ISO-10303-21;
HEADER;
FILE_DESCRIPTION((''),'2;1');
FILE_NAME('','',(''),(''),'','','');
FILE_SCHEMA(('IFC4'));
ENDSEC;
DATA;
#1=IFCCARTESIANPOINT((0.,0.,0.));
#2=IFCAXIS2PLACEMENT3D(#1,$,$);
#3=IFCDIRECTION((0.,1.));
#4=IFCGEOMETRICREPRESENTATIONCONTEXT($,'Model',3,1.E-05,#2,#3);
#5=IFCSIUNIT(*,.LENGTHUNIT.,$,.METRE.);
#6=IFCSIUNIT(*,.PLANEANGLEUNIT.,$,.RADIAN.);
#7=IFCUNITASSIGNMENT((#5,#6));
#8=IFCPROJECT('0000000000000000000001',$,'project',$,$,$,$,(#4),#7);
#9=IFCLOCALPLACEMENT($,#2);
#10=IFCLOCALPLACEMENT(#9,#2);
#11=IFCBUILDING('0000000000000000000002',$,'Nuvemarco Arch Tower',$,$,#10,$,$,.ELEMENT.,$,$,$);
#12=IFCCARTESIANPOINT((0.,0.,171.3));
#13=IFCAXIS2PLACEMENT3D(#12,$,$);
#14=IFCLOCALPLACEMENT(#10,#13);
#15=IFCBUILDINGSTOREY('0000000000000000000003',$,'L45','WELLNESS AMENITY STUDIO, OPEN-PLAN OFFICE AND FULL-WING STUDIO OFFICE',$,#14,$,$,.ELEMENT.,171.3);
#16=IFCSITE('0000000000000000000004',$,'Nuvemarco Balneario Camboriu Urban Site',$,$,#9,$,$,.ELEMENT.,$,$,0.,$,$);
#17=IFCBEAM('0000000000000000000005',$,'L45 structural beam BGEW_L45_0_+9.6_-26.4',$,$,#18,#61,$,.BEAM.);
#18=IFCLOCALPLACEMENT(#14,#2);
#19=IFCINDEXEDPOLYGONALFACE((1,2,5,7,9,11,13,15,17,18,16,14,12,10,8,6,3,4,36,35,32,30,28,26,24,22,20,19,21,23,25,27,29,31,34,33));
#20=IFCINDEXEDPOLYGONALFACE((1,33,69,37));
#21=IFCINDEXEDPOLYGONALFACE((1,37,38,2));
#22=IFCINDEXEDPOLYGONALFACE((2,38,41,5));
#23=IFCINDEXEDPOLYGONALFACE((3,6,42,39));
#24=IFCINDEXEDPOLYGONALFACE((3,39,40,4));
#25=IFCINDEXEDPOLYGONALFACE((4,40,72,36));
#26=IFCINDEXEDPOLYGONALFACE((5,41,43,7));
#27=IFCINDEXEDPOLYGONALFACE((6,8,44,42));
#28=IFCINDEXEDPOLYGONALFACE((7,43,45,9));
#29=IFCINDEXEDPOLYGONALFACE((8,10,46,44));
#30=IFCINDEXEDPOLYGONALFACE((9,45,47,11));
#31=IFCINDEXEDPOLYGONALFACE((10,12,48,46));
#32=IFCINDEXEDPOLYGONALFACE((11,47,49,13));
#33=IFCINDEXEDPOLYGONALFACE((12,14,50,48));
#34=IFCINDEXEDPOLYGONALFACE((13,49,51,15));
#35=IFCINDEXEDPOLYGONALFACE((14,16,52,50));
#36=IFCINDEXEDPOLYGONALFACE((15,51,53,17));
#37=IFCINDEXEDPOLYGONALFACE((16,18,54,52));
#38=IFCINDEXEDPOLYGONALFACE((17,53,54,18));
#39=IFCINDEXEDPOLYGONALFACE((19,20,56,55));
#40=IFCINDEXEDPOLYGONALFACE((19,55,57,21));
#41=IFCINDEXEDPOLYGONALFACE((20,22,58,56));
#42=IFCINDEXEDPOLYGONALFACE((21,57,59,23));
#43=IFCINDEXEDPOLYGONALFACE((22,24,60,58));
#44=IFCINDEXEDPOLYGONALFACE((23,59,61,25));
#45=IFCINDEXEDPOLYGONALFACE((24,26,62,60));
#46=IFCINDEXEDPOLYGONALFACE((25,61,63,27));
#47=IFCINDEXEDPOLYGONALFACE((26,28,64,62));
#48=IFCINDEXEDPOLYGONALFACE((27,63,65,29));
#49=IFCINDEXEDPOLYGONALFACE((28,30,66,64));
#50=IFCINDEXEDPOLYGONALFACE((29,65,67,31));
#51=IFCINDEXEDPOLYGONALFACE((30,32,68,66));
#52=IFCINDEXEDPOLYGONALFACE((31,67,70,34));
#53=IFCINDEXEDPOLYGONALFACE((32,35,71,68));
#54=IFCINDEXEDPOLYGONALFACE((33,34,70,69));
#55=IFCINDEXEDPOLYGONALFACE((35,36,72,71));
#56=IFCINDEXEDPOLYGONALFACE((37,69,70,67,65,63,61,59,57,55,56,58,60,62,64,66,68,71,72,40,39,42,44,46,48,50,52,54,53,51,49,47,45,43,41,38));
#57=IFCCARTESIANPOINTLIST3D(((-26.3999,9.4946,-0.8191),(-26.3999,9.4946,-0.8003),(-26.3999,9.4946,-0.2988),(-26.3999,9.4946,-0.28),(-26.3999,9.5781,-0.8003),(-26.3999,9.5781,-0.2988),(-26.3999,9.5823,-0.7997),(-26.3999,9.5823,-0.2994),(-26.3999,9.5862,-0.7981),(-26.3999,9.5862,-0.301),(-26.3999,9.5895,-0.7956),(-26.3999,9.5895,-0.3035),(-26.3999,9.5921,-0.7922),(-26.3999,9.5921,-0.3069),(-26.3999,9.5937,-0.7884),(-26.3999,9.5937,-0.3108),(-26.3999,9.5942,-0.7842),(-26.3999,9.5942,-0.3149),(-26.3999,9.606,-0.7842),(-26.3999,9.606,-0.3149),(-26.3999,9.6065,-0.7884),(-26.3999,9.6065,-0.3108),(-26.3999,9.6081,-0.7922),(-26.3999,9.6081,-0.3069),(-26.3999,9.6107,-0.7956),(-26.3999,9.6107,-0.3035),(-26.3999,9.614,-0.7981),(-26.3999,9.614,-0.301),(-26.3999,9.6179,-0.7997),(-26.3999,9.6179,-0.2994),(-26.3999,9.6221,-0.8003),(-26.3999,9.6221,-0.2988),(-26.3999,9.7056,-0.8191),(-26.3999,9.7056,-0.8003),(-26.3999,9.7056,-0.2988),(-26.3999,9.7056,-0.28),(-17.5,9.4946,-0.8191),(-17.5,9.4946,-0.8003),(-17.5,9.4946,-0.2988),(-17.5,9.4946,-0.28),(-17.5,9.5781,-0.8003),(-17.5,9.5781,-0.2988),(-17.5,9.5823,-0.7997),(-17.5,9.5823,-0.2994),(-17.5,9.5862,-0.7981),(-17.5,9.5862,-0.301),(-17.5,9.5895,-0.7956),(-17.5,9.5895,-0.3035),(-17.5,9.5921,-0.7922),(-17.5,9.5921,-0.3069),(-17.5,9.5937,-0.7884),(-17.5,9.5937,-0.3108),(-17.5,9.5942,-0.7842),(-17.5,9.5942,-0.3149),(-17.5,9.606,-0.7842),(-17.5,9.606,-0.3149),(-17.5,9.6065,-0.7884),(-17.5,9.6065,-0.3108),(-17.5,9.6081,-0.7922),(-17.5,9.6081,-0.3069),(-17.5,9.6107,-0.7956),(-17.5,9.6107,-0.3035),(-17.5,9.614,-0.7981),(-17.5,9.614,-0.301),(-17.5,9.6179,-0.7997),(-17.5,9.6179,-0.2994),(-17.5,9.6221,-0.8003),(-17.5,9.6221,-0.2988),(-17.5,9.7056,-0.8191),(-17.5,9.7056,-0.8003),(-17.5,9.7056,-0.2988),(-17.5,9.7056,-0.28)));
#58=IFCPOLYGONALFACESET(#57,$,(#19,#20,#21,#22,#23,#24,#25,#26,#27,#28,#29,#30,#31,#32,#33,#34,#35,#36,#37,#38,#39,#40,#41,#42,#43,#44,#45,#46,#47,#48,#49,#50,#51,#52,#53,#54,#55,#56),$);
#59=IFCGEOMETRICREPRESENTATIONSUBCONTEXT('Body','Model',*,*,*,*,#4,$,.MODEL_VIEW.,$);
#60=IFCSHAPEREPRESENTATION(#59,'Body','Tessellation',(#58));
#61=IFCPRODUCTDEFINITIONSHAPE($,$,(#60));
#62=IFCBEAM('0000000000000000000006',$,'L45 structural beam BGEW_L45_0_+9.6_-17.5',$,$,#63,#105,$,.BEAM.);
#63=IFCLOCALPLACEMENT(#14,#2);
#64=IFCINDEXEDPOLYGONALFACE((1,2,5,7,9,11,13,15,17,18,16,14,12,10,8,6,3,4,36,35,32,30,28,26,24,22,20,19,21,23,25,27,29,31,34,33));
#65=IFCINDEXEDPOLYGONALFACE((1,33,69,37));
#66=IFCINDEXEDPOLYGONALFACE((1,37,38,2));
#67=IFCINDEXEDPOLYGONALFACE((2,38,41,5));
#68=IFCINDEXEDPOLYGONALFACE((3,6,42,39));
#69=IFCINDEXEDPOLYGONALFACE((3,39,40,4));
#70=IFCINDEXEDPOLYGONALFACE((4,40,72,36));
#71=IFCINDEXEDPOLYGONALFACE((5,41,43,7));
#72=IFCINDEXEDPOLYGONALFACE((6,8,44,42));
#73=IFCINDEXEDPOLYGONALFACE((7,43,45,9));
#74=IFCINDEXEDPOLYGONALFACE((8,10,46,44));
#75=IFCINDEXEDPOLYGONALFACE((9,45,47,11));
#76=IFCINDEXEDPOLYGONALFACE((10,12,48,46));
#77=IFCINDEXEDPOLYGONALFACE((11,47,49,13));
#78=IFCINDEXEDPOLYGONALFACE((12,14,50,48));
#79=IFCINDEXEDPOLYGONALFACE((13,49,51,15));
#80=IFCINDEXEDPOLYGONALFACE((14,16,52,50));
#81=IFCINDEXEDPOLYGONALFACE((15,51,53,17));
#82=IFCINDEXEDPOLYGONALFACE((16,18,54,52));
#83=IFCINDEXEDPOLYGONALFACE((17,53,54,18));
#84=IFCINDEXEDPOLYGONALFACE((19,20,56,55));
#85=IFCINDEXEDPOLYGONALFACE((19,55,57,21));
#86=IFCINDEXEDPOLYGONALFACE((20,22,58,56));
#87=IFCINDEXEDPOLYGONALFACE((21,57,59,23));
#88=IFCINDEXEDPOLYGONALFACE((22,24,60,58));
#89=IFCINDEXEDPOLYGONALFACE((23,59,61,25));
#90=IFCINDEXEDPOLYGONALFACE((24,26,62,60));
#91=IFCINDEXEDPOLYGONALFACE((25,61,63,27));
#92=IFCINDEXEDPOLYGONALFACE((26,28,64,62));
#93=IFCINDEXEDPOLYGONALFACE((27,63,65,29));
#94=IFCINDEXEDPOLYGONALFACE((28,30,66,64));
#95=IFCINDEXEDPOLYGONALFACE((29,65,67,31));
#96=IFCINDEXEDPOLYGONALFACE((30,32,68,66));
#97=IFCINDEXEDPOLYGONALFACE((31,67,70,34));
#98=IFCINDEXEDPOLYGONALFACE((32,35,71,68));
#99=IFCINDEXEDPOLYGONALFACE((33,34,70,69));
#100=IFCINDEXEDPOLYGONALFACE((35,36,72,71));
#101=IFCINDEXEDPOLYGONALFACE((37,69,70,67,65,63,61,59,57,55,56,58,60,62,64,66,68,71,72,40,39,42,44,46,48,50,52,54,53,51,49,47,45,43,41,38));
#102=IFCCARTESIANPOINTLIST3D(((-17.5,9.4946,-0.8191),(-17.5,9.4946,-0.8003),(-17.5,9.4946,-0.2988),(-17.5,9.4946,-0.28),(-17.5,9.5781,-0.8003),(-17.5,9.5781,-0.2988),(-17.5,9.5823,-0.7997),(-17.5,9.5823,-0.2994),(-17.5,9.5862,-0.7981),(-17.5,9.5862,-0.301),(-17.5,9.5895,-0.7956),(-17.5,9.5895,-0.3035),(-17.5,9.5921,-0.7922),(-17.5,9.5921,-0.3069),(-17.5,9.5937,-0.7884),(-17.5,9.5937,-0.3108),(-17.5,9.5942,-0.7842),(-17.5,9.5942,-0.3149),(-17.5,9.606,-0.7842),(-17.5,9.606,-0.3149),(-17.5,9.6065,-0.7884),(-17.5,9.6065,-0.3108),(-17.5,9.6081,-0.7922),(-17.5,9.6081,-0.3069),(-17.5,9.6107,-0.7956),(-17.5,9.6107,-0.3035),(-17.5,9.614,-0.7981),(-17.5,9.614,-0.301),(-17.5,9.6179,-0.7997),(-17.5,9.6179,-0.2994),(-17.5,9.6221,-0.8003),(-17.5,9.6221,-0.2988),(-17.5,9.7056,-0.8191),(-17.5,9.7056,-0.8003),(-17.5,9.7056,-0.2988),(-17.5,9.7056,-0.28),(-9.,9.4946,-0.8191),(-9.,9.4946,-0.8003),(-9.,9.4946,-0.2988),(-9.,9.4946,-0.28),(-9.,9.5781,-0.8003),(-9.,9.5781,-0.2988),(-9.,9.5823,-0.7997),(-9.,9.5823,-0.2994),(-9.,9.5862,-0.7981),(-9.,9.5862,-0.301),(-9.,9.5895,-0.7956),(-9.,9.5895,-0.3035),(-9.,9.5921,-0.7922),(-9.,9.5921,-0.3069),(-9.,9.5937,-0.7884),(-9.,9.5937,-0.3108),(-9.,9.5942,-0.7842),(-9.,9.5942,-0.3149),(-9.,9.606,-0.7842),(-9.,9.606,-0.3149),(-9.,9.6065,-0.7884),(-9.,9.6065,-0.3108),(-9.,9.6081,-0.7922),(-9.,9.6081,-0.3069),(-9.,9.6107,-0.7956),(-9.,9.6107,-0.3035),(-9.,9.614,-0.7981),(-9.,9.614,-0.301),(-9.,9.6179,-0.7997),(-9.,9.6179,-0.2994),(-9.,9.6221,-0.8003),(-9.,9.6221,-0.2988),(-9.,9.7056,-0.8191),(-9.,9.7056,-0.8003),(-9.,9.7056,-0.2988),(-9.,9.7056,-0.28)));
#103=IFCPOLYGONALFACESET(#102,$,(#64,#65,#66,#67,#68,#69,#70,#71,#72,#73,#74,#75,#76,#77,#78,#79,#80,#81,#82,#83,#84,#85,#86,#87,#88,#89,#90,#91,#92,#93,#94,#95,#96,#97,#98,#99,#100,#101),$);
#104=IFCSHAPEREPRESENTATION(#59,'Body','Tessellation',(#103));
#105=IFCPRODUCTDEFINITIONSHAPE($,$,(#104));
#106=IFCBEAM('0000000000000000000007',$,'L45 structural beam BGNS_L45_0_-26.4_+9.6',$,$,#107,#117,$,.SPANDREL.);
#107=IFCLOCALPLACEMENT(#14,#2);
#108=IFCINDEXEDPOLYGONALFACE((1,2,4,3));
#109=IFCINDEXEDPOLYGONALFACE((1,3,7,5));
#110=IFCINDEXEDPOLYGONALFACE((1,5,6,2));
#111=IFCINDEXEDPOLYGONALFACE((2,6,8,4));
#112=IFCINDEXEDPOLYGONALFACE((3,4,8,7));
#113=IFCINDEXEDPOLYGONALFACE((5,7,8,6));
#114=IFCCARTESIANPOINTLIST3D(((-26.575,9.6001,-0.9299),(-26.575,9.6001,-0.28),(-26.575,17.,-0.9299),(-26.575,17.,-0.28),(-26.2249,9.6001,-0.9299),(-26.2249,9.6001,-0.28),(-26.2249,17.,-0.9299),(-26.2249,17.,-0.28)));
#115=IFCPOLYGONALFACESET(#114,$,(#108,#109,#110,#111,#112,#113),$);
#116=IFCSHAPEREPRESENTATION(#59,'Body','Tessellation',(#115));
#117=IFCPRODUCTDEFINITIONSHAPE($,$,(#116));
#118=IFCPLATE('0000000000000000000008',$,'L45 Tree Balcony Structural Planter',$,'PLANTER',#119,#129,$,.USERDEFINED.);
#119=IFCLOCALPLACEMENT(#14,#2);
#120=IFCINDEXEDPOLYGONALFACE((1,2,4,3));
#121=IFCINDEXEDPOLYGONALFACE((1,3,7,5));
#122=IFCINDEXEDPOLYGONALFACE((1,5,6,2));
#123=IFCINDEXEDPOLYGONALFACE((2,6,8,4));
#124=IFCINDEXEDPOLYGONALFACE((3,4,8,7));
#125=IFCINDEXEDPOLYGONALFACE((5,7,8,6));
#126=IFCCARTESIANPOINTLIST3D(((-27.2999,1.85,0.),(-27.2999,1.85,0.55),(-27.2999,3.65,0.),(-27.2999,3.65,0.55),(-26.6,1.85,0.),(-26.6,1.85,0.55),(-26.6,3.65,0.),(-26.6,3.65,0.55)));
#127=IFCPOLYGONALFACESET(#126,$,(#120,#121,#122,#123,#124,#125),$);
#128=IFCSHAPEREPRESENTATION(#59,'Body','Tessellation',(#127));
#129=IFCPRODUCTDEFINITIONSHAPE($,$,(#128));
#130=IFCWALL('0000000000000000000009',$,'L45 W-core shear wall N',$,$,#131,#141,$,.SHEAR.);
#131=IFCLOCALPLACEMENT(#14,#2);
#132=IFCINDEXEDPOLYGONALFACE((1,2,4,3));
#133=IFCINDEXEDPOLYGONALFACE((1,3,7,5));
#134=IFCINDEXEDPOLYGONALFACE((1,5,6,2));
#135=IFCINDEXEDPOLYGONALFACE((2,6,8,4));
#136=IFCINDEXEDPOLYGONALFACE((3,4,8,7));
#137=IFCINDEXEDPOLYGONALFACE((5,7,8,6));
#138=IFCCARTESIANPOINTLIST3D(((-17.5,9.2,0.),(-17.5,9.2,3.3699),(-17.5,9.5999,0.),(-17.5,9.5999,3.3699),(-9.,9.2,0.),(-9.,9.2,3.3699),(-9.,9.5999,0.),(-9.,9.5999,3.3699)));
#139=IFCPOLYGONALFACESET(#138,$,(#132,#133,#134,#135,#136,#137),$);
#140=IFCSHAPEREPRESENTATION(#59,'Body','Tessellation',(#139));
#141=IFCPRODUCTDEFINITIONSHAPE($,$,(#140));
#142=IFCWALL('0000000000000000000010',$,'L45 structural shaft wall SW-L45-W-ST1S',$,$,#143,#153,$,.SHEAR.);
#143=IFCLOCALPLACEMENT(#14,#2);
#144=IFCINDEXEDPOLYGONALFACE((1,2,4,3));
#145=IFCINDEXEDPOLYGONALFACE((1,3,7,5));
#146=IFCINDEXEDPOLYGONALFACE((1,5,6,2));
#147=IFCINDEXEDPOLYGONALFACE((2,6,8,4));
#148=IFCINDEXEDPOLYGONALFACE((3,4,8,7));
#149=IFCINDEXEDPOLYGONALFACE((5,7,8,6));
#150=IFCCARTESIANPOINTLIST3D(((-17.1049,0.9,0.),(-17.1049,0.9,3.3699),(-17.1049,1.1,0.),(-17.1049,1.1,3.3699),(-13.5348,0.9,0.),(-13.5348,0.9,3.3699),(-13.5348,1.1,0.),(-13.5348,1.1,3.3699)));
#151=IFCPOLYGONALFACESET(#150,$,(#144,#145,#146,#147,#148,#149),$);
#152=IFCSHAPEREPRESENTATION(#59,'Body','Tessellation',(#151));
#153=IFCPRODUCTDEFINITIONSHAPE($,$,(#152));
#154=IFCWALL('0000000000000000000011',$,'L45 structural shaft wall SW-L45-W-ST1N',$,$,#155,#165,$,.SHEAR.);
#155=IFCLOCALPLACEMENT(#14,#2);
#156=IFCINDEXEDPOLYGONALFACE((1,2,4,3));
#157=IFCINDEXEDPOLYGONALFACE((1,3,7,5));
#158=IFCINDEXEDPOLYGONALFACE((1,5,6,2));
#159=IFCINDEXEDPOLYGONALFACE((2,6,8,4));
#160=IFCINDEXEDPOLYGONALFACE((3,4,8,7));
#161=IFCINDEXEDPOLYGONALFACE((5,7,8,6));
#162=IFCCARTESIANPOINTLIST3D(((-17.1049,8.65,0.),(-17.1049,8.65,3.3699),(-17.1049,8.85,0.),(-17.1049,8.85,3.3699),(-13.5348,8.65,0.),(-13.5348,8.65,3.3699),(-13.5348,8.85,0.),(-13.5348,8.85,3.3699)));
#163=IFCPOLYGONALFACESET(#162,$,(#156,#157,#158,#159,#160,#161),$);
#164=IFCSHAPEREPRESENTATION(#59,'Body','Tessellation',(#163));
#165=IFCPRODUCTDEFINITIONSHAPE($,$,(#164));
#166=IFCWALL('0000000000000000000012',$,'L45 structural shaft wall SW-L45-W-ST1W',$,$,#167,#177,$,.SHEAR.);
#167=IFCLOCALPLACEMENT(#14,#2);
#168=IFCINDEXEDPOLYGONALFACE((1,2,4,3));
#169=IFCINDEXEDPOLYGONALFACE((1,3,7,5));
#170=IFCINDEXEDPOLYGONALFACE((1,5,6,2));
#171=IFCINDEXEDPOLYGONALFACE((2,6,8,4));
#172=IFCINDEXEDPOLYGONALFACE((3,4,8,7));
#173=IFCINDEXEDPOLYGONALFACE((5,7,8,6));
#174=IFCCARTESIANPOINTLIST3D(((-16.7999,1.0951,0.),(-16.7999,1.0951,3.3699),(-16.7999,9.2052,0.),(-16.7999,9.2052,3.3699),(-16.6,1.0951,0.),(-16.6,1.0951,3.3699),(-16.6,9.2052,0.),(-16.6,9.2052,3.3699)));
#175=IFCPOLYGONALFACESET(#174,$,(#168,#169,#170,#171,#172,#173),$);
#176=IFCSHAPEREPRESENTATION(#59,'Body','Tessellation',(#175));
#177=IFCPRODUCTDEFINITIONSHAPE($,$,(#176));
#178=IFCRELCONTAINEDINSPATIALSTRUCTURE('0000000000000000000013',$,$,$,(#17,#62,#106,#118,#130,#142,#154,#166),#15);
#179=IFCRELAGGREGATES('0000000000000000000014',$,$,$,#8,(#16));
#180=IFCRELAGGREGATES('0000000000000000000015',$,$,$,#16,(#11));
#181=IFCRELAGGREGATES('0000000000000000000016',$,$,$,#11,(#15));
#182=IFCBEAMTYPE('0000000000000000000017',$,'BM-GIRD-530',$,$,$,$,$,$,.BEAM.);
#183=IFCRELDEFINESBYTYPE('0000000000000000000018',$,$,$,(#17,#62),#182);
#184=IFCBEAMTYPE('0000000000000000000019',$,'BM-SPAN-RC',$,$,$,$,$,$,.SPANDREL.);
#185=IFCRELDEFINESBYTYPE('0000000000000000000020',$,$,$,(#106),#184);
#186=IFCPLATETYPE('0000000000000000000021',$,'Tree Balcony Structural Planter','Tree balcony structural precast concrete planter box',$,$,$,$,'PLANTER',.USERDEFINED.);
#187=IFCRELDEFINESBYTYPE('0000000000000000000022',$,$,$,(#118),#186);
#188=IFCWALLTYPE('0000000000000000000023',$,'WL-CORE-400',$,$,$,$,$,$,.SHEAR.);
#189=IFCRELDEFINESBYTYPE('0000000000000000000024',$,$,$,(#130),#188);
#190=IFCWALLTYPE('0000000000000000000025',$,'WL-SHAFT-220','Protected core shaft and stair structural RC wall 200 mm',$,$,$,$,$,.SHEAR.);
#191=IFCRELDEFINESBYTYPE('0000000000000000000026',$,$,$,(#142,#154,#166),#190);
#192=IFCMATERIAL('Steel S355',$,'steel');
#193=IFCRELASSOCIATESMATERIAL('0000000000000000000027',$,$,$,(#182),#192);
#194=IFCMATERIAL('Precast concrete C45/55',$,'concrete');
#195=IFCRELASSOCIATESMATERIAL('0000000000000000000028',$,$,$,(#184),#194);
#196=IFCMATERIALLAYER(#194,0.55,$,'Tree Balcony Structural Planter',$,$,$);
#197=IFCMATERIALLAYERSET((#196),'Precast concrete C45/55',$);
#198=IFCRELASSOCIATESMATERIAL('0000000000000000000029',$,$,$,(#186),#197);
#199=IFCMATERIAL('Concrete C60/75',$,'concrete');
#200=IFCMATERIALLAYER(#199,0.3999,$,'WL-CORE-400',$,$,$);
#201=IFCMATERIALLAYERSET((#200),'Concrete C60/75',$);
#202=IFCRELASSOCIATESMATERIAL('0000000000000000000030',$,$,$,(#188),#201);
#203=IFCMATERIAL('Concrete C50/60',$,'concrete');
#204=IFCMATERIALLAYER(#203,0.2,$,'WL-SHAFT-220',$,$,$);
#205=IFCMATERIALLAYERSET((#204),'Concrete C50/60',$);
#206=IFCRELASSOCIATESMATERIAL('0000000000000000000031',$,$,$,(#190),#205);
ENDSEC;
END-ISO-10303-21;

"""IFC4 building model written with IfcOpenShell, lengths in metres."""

from ifc_helpers import new_model, si_unit, direction, frame, frame_2d, origin, origin_2d, place, context, subcontext, project, spatial, rectangle, i_section, extrude, source, transform, mapped, material, layer, layer_set, material_profile, profile_set, type_object, type_shapes, element, save


model = new_model("IFC4")

# Units and contexts
model_context = context("Model", 3, precision=1e-05, world=origin(), true_north=direction((0.0, 1.0)))
body_context = subcontext(model_context, "Body", "Model", "MODEL_VIEW")
ifc_project = project(units=[si_unit("LENGTHUNIT", "METRE"), si_unit("PLANEANGLEUNIT", "RADIAN")], contexts=[model_context])

# Site, building, storey
site_placement = place(None, origin())
site = spatial("IfcSite", under=ifc_project, at=site_placement, Name="Nuvemarco Balneario Camboriu Urban Site", CompositionType="ELEMENT", RefElevation=0.0)
building_placement = place(site_placement, origin())
building = spatial("IfcBuilding", under=site, at=building_placement, Name="Nuvemarco Arch Tower", CompositionType="ELEMENT")
storey_placement = place(building_placement, frame((0.0, 0.0, 171.3)))
storey = spatial("IfcBuildingStorey", under=building, at=storey_placement, Name="L45", Description="WELLNESS AMENITY STUDIO, OPEN-PLAN OFFICE AND FULL-WING STUDIO OFFICE", CompositionType="ELEMENT", Elevation=171.3)

# Shared definitions
ifc_material_1 = material(Name="Concrete C50/60", Category="concrete")
ifc_material_2 = material(Name="Steel S355", Category="steel")

# Beams
ifc_material_profile_1 = material_profile(ifc_material_2, i_section(OverallWidth=0.2109, OverallDepth=0.5391, WebThickness=0.0117, FlangeThickness=0.0188, FilletRadius=0.0161, at=origin_2d()), Name="W530x109")
ifc_profile_set_1 = profile_set([ifc_material_profile_1], Name="Steel S355")
beam_type_1 = type_object("IfcBeamType", Name="BM-GIRD-530", PredefinedType="BEAM", material=ifc_profile_set_1)
beam_1_placement = place(storey_placement, frame((-26.3999, 9.6001, -0.5496), z_axis=(1.0, 0.0, 0.0), x_axis=(0.0, 1.0, 0.0)))
element("IfcBeam", 1, at=beam_1_placement, inside=storey, type_object=beam_type_1, Name="L45 structural beam BGEW_L45_0_+9.6_-26.4", PredefinedType="BEAM", context=body_context, shape_type="SweptSolid", body=[
    extrude(i_section(OverallWidth=0.2109, OverallDepth=0.5391, WebThickness=0.0117, FlangeThickness=0.0188, FilletRadius=0.0161, at=origin_2d()), origin(), (0.0, 0.0, 1.0), 8.8999),
])
beam_2_placement = place(storey_placement, frame((-17.5, 9.6001, -0.5496), z_axis=(1.0, 0.0, 0.0), x_axis=(0.0, 1.0, 0.0)))
element("IfcBeam", 2, at=beam_2_placement, inside=storey, type_object=beam_type_1, Name="L45 structural beam BGEW_L45_0_+9.6_-17.5", PredefinedType="BEAM", context=body_context, shape_type="SweptSolid", body=[
    extrude(i_section(OverallWidth=0.2109, OverallDepth=0.5391, WebThickness=0.0117, FlangeThickness=0.0188, FilletRadius=0.0161, at=origin_2d()), origin(), (0.0, 0.0, 1.0), 8.5),
])
ifc_material_3 = material(Name="Precast concrete C45/55", Category="concrete")
ifc_material_profile_2 = material_profile(ifc_material_3, rectangle(XDim=0.3501, YDim=0.6499, at=origin_2d()), Name="PC-SP-350x650")
ifc_profile_set_2 = profile_set([ifc_material_profile_2], Name="Precast concrete C45/55")
beam_type_2 = type_object("IfcBeamType", Name="BM-SPAN-RC", PredefinedType="SPANDREL", material=ifc_profile_set_2)
beam_3_placement = place(storey_placement, frame((-26.3999, 9.6001, -0.605), z_axis=(0.0, 1.0, 0.0), x_axis=(-1.0, 0.0, 0.0)))
element("IfcBeam", 3, at=beam_3_placement, inside=storey, type_object=beam_type_2, Name="L45 structural beam BGNS_L45_0_-26.4_+9.6", PredefinedType="SPANDREL", context=body_context, shape_type="SweptSolid", body=[
    extrude(rectangle(XDim=0.3501, YDim=0.6499, at=origin_2d()), origin(), (0.0, 0.0, 1.0), 7.3999),
])

# Plate
ifc_layer_1 = layer(ifc_material_3, 0.55, Name="Tree Balcony Structural Planter")
ifc_layer_set_1 = layer_set([ifc_layer_1], Name="Precast concrete C45/55")
plate_type = type_object("IfcPlateType", Name="Tree Balcony Structural Planter", Description="Tree balcony structural precast concrete planter box", ElementType="PLANTER", PredefinedType="USERDEFINED", material=ifc_layer_set_1)
shared_shape_1 = source(origin(), body_context, "Body", "SweptSolid", [
    extrude(rectangle(XDim=1.8, YDim=0.7, at=origin_2d()), origin(), (0.0, 0.0, 1.0), 0.55),
])
type_shapes(plate_type, [shared_shape_1])
plate_placement = place(storey_placement, frame((-26.95, 2.75, 0.0), z_axis=(0.0, 0.0, 1.0), x_axis=(0.0, 1.0, 0.0)))
element("IfcPlate", 4, at=plate_placement, inside=storey, type_object=plate_type, Name="L45 Tree Balcony Structural Planter", ObjectType="PLANTER", PredefinedType="USERDEFINED", context=body_context, shape_type="MappedRepresentation", body=[
    mapped(shared_shape_1, transform((0.0, 0.0, 0.0), scale=1.0)),
])

# Walls
ifc_material_4 = material(Name="Concrete C60/75", Category="concrete")
ifc_layer_2 = layer(ifc_material_4, 0.3999, Name="WL-CORE-400")
ifc_layer_set_2 = layer_set([ifc_layer_2], Name="Concrete C60/75")
wall_type_1 = type_object("IfcWallType", Name="WL-CORE-400", PredefinedType="SHEAR", material=ifc_layer_set_2)
wall_1_placement = place(storey_placement, frame((-17.5, 9.3999, 0.0), z_axis=(0.0, 0.0, 1.0), x_axis=(1.0, 0.0, 0.0)))
element("IfcWall", 5, at=wall_1_placement, inside=storey, type_object=wall_type_1, Name="L45 W-core shear wall N", PredefinedType="SHEAR", context=body_context, shape_type="SweptSolid", body=[
    extrude(rectangle(XDim=8.5, YDim=0.3999, at=frame_2d((4.25, 0.0))), origin(), (0.0, 0.0, 1.0), 3.3699),
])
ifc_layer_3 = layer(ifc_material_1, 0.2, Name="WL-SHAFT-220")
ifc_layer_set_3 = layer_set([ifc_layer_3], Name="Concrete C50/60")
wall_type_2 = type_object("IfcWallType", Name="WL-SHAFT-220", Description="Protected core shaft and stair structural RC wall 200 mm", PredefinedType="SHEAR", material=ifc_layer_set_3)
for number, where, z_axis, x_axis, name in (
    (6, (-17.105, 1.0, 0.0), (0.0, 0.0, 1.0), (1.0, 0.0, 0.0), "L45 structural shaft wall SW-L45-W-ST1S"),
    (7, (-17.105, 8.75, 0.0), (0.0, 0.0, 1.0), (1.0, 0.0, 0.0), "L45 structural shaft wall SW-L45-W-ST1N"),
):
    element("IfcWall", number, at=place(storey_placement, frame(where, z_axis=z_axis, x_axis=x_axis)), inside=storey, type_object=wall_type_2, Name=name, PredefinedType="SHEAR", context=body_context, shape_type="SweptSolid", body=[
        extrude(rectangle(XDim=3.5701, YDim=0.2, at=frame_2d((1.7852, 0.0))), origin(), (0.0, 0.0, 1.0), 3.3699),
    ])
wall_2_placement = place(storey_placement, frame((-16.7, 1.095, 0.0), z_axis=(0.0, 0.0, 1.0), x_axis=(0.0, 1.0, 0.0)))
element("IfcWall", 8, at=wall_2_placement, inside=storey, type_object=wall_type_2, Name="L45 structural shaft wall SW-L45-W-ST1W", PredefinedType="SHEAR", context=body_context, shape_type="SweptSolid", body=[
    extrude(rectangle(XDim=8.1101, YDim=0.2, at=frame_2d((4.0552, 0.0))), origin(), (0.0, 0.0, 1.0), 3.3699),
])

save(model, "model.ifc")
